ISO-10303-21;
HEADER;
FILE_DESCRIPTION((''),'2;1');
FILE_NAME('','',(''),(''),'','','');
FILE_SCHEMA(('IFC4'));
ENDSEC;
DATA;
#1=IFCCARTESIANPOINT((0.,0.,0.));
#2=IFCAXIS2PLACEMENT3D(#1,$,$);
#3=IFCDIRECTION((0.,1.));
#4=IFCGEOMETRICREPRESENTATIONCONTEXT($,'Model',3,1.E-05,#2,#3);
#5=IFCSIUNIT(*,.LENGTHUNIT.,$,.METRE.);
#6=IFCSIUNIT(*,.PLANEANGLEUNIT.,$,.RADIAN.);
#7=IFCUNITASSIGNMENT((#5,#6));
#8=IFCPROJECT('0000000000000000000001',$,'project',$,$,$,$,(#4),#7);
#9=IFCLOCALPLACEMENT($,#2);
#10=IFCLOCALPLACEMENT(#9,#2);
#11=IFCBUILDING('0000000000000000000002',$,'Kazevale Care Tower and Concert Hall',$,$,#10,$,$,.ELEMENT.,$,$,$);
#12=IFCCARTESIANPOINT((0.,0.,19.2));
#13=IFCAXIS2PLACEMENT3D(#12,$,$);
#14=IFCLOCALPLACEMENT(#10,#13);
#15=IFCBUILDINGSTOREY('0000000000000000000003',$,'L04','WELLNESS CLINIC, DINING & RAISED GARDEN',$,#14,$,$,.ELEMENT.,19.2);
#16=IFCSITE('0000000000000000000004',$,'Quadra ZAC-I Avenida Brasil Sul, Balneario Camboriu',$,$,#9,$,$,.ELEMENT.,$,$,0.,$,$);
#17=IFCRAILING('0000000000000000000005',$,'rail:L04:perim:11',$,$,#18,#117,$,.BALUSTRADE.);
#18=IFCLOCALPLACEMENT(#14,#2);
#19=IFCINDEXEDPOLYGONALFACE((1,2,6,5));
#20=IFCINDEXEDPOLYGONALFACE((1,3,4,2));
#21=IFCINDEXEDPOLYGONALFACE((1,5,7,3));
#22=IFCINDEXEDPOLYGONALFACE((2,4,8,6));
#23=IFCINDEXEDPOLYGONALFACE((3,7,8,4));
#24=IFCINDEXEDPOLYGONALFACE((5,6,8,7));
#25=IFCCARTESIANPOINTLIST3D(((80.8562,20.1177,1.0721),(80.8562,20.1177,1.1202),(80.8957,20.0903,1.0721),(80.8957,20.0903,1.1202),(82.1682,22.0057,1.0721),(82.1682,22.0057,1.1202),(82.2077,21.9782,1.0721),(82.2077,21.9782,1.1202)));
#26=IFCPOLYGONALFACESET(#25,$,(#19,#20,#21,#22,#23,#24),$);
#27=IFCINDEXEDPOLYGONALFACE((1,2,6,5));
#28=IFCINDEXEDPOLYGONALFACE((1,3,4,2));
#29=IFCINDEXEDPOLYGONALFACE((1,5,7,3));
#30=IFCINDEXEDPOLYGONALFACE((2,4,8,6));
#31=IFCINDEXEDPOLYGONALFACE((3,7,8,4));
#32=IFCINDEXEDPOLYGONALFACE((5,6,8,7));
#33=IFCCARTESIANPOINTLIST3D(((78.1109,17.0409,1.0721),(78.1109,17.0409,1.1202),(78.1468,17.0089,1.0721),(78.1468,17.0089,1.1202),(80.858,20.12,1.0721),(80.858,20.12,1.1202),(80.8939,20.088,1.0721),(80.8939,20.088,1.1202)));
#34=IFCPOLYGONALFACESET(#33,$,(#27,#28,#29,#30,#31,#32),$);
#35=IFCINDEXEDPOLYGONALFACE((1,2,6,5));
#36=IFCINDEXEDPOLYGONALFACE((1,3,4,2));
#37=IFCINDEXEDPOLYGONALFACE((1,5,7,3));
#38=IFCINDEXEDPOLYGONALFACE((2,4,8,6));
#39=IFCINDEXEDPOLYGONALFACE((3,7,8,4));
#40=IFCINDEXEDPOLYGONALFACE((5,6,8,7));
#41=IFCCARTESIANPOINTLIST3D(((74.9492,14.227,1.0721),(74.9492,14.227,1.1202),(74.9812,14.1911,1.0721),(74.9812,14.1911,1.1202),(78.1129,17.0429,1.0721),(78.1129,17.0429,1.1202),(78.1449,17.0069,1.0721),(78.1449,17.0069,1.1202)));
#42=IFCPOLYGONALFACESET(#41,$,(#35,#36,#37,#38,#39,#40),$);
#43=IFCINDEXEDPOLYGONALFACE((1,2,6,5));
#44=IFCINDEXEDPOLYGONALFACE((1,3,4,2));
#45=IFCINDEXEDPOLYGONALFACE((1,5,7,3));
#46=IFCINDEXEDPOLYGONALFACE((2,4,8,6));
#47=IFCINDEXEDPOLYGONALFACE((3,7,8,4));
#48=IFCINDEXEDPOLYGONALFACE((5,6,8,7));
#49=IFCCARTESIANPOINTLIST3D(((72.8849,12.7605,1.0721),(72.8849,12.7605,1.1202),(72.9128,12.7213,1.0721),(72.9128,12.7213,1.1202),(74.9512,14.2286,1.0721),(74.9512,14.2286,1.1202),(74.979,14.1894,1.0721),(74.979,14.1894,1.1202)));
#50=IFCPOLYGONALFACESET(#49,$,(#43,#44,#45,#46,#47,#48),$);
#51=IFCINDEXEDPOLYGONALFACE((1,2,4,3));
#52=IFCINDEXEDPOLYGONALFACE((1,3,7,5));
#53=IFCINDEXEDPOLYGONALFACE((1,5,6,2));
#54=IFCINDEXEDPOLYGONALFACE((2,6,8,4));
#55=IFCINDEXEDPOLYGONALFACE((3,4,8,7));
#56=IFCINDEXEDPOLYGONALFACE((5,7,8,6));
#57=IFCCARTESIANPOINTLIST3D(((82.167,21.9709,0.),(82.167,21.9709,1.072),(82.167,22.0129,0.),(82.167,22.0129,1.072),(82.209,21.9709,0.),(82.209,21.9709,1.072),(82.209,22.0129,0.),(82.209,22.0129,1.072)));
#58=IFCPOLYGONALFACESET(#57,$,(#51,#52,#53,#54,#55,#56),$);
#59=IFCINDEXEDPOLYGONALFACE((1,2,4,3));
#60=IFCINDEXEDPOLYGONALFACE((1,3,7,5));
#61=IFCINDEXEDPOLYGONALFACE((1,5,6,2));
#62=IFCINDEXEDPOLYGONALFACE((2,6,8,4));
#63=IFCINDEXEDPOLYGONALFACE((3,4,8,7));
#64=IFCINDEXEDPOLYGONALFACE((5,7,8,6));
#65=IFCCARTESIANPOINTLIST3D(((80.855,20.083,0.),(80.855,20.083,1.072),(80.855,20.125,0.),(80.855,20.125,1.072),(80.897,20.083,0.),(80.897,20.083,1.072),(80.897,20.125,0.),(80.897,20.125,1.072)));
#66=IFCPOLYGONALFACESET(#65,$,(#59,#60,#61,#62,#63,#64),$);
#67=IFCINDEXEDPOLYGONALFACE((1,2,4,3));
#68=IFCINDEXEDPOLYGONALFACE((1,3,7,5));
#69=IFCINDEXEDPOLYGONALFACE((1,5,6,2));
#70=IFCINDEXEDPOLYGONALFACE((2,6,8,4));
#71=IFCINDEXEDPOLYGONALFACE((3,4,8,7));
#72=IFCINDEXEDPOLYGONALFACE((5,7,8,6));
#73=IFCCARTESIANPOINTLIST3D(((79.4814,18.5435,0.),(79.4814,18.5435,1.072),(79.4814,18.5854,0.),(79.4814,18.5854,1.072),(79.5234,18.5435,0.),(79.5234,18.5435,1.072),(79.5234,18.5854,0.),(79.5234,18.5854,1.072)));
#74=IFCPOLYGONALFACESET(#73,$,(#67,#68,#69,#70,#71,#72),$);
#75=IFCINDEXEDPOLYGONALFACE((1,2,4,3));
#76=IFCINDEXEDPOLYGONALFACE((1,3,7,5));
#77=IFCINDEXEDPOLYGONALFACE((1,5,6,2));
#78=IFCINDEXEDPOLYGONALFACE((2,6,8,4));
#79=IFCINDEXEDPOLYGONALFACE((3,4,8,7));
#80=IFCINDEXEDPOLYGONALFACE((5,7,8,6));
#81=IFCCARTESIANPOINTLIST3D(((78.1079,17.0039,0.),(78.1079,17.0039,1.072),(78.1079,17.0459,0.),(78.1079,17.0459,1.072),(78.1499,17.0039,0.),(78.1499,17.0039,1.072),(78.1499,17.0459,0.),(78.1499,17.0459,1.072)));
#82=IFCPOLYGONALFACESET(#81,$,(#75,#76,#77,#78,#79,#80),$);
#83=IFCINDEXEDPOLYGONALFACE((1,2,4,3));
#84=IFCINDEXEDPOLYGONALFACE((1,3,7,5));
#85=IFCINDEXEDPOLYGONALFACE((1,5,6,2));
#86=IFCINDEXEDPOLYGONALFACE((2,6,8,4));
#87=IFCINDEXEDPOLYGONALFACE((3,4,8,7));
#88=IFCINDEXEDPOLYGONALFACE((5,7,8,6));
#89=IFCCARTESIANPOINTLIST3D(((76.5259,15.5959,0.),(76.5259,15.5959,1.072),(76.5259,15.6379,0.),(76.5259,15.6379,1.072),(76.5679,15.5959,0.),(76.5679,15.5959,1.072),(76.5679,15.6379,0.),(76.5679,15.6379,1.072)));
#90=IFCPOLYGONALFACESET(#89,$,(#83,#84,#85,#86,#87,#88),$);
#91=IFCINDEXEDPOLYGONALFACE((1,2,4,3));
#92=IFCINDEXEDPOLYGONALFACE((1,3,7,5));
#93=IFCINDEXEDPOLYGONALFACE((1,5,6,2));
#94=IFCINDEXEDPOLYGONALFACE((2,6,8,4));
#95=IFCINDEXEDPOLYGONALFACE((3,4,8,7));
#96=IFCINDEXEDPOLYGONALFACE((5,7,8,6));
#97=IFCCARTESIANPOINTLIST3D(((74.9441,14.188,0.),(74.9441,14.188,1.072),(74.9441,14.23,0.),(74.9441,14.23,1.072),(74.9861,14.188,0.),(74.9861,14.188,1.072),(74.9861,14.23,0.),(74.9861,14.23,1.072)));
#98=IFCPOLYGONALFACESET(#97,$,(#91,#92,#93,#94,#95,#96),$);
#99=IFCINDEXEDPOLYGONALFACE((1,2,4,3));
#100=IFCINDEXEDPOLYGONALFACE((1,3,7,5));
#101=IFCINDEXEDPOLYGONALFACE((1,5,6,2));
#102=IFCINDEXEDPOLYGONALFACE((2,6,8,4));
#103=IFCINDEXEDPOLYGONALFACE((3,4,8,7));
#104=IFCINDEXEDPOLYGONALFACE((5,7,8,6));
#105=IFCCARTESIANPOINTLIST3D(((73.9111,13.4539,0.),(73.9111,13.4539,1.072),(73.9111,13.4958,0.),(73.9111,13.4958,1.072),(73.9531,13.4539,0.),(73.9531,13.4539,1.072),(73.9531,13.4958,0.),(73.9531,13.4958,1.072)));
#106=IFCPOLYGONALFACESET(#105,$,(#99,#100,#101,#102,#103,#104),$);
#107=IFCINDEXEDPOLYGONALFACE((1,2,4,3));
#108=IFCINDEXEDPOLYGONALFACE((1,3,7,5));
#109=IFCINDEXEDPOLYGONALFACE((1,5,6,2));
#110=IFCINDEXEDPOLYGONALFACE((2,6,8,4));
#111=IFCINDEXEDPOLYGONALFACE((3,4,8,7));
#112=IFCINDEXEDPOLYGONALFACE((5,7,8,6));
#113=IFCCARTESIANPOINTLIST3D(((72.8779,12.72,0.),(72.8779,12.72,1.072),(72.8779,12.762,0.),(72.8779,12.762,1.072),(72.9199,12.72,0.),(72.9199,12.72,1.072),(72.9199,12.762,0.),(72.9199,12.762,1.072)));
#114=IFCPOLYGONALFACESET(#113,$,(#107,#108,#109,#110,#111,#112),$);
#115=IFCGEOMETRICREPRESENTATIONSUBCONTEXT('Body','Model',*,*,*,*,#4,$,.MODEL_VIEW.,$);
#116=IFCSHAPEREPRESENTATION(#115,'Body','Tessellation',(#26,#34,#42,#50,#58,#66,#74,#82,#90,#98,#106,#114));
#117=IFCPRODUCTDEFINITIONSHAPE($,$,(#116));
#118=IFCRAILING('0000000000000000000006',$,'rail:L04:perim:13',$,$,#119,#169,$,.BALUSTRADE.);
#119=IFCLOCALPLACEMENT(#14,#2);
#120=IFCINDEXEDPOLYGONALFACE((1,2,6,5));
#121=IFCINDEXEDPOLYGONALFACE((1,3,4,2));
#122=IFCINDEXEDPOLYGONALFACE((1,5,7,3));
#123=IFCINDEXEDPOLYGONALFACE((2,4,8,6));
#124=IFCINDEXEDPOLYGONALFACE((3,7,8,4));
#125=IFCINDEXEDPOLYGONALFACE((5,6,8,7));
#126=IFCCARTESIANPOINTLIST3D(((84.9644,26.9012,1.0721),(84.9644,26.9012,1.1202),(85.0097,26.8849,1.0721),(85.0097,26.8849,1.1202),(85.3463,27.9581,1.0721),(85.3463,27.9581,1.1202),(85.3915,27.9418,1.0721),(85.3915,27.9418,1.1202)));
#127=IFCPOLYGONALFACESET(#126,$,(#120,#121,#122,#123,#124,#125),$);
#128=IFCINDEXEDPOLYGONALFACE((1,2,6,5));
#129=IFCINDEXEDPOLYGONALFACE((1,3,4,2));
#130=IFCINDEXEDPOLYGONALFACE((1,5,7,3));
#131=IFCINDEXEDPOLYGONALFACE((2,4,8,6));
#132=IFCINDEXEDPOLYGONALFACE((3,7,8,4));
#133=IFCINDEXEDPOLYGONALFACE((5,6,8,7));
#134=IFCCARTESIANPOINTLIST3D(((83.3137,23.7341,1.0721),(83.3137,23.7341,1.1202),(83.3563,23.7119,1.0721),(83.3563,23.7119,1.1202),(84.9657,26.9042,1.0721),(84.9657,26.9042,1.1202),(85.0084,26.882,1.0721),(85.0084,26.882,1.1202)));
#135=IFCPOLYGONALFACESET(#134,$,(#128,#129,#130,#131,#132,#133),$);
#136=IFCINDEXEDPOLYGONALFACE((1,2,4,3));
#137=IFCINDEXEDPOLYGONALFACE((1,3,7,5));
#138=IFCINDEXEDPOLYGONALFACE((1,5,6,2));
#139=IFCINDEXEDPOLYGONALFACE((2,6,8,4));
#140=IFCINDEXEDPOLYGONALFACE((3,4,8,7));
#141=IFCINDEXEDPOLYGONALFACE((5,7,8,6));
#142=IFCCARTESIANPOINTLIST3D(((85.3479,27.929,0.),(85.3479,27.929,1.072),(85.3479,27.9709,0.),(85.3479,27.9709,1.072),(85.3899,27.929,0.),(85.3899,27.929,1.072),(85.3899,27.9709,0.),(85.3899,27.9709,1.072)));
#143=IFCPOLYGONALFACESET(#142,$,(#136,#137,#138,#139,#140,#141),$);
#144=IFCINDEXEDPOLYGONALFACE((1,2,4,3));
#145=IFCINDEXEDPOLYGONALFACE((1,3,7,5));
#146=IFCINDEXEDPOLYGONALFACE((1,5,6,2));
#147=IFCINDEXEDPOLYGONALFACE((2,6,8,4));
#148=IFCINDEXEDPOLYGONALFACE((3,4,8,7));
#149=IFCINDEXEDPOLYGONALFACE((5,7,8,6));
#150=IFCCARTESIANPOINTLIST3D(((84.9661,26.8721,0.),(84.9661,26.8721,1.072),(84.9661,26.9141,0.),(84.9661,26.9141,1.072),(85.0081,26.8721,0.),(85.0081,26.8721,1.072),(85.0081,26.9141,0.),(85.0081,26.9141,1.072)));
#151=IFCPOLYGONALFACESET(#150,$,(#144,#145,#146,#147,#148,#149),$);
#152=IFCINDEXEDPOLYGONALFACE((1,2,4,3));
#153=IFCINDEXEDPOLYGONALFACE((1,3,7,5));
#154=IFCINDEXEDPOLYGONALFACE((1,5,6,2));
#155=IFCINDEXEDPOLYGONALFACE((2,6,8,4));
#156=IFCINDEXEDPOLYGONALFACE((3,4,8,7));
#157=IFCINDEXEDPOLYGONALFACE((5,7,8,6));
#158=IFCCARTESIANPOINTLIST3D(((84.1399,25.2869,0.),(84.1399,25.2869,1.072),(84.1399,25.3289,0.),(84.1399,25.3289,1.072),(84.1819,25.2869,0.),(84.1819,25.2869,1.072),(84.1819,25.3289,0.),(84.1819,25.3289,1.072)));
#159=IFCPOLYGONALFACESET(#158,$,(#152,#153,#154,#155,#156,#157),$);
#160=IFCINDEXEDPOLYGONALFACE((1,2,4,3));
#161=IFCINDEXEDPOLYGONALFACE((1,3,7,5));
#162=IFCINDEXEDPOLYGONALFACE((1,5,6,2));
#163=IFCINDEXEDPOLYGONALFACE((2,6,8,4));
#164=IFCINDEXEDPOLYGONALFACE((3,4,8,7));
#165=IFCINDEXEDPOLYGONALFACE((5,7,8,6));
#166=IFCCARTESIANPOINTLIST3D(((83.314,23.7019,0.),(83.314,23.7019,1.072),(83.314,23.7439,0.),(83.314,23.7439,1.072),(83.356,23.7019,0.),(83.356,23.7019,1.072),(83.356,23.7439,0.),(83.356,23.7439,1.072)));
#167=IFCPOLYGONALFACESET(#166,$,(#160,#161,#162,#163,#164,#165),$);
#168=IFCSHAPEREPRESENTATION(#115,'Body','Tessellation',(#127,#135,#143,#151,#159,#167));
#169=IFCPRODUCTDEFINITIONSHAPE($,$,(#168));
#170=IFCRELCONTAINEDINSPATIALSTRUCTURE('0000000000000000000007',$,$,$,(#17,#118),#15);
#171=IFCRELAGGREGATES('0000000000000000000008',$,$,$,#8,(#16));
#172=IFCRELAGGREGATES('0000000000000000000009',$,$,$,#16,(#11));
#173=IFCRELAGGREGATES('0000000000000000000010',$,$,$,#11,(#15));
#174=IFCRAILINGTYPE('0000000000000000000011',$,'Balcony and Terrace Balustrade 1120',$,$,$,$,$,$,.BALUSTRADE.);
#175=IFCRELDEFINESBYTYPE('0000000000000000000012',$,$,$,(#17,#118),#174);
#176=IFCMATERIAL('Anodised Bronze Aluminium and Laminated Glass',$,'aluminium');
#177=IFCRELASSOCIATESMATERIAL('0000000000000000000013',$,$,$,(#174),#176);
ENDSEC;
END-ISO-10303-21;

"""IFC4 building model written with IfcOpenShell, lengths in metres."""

from ifc_helpers import new_model, si_unit, direction, frame, origin, origin_2d, place, context, subcontext, project, spatial, rectangle, extrude, material, type_object, element, save


model = new_model("IFC4")

# Units and contexts
model_context = context("Model", 3, precision=1e-05, world=origin(), true_north=direction((0.0, 1.0)))
body_context = subcontext(model_context, "Body", "Model", "MODEL_VIEW")
ifc_project = project(units=[si_unit("LENGTHUNIT", "METRE"), si_unit("PLANEANGLEUNIT", "RADIAN")], contexts=[model_context])

# Site, building, storey
site_placement = place(None, origin())
site = spatial("IfcSite", under=ifc_project, at=site_placement, Name="Quadra ZAC-I Avenida Brasil Sul, Balneario Camboriu", CompositionType="ELEMENT", RefElevation=0.0)
building_placement = place(site_placement, origin())
building = spatial("IfcBuilding", under=site, at=building_placement, Name="Kazevale Care Tower and Concert Hall", CompositionType="ELEMENT")
storey_placement = place(building_placement, frame((0.0, 0.0, 19.2)))
storey = spatial("IfcBuildingStorey", under=building, at=storey_placement, Name="L04", Description="WELLNESS CLINIC, DINING & RAISED GARDEN", CompositionType="ELEMENT", Elevation=19.2)

# Railings
ifc_material_1 = material(Name="Anodised Bronze Aluminium and Laminated Glass", Category="aluminium")
railing_type_1 = type_object("IfcRailingType", Name="Balcony and Terrace Balustrade 1120", PredefinedType="BALUSTRADE", material=ifc_material_1)
railing_1_placement = place(storey_placement, frame((82.188, 21.9919, 0.0)))
element("IfcRailing", 1, at=railing_1_placement, inside=storey, type_object=railing_type_1, Name="rail:L04:perim:11", PredefinedType="BALUSTRADE", context=body_context, shape_type="SweptSolid", body=[
    extrude(rectangle(XDim=0.0481, YDim=0.0481, at=origin_2d()), frame((0.0, 0.0, 1.0962), z_axis=(-0.570672, -0.821178, 0.0), x_axis=(0.821178, -0.570672, 0.0)), (0.0, 0.0, 1.0), 2.2991),
    extrude(rectangle(XDim=0.0481, YDim=0.0481, at=origin_2d()), frame((-1.312, -1.8879, 1.0962), z_axis=(-0.665729, -0.746194, 0.0), x_axis=(0.746194, -0.665729, 0.0)), (0.0, 0.0, 1.0), 4.1265),
    extrude(rectangle(XDim=0.0481, YDim=0.0481, at=origin_2d()), frame((-4.0591, -4.967, 1.0962), z_axis=(-0.746983, -0.664843, 0.0), x_axis=(0.664843, -0.746983, 0.0)), (0.0, 0.0, 1.0), 4.2354),
    extrude(rectangle(XDim=0.0481, YDim=0.0481, at=origin_2d()), frame((-7.2229, -7.783, 1.0962), z_axis=(-0.815189, -0.579195, 0.0), x_axis=(0.579195, -0.815189, 0.0)), (0.0, 0.0, 1.0), 2.5347),
    extrude(rectangle(XDim=0.042, YDim=0.042, at=origin_2d()), origin(), (0.0, 0.0, 1.0), 1.072),
    extrude(rectangle(XDim=0.042, YDim=0.042, at=origin_2d()), frame((-1.312, -1.8879, 0.0)), (0.0, 0.0, 1.0), 1.072),
    extrude(rectangle(XDim=0.042, YDim=0.042, at=origin_2d()), frame((-2.6855, -3.4275, 0.0)), (0.0, 0.0, 1.0), 1.072),
    extrude(rectangle(XDim=0.042, YDim=0.042, at=origin_2d()), frame((-4.0591, -4.967, 0.0)), (0.0, 0.0, 1.0), 1.072),
    extrude(rectangle(XDim=0.042, YDim=0.042, at=origin_2d()), frame((-5.6411, -6.375, 0.0)), (0.0, 0.0, 1.0), 1.072),
    extrude(rectangle(XDim=0.042, YDim=0.042, at=origin_2d()), frame((-7.2229, -7.783, 0.0)), (0.0, 0.0, 1.0), 1.072),
    extrude(rectangle(XDim=0.042, YDim=0.042, at=origin_2d()), frame((-8.2559, -8.5171, 0.0)), (0.0, 0.0, 1.0), 1.072),
    extrude(rectangle(XDim=0.042, YDim=0.042, at=origin_2d()), frame((-9.2891, -9.251, 0.0)), (0.0, 0.0, 1.0), 1.072),
])
railing_2_placement = place(storey_placement, frame((85.3689, 27.95, 0.0)))
element("IfcRailing", 2, at=railing_2_placement, inside=storey, type_object=railing_type_1, Name="rail:L04:perim:13", PredefinedType="BALUSTRADE", context=body_context, shape_type="SweptSolid", body=[
    extrude(rectangle(XDim=0.0481, YDim=0.0481, at=origin_2d()), frame((0.0, 0.0, 1.0962), z_axis=(-0.339789, -0.940502, 0.0), x_axis=(0.940502, -0.339789, 0.0)), (0.0, 0.0, 1.0), 1.1238),
    extrude(rectangle(XDim=0.0481, YDim=0.0481, at=origin_2d()), frame((-0.3818, -1.0569, 1.0962), z_axis=(-0.462148, -0.886803, 0.0), x_axis=(0.886803, -0.462148, 0.0)), (0.0, 0.0, 1.0), 3.5747),
    extrude(rectangle(XDim=0.042, YDim=0.042, at=origin_2d()), origin(), (0.0, 0.0, 1.0), 1.072),
    extrude(rectangle(XDim=0.042, YDim=0.042, at=origin_2d()), frame((-0.3818, -1.0569, 0.0)), (0.0, 0.0, 1.0), 1.072),
    extrude(rectangle(XDim=0.042, YDim=0.042, at=origin_2d()), frame((-1.208, -2.6421, 0.0)), (0.0, 0.0, 1.0), 1.072),
    extrude(rectangle(XDim=0.042, YDim=0.042, at=origin_2d()), frame((-2.0339, -4.2271, 0.0)), (0.0, 0.0, 1.0), 1.072),
])

save(model, "model.ifc")
